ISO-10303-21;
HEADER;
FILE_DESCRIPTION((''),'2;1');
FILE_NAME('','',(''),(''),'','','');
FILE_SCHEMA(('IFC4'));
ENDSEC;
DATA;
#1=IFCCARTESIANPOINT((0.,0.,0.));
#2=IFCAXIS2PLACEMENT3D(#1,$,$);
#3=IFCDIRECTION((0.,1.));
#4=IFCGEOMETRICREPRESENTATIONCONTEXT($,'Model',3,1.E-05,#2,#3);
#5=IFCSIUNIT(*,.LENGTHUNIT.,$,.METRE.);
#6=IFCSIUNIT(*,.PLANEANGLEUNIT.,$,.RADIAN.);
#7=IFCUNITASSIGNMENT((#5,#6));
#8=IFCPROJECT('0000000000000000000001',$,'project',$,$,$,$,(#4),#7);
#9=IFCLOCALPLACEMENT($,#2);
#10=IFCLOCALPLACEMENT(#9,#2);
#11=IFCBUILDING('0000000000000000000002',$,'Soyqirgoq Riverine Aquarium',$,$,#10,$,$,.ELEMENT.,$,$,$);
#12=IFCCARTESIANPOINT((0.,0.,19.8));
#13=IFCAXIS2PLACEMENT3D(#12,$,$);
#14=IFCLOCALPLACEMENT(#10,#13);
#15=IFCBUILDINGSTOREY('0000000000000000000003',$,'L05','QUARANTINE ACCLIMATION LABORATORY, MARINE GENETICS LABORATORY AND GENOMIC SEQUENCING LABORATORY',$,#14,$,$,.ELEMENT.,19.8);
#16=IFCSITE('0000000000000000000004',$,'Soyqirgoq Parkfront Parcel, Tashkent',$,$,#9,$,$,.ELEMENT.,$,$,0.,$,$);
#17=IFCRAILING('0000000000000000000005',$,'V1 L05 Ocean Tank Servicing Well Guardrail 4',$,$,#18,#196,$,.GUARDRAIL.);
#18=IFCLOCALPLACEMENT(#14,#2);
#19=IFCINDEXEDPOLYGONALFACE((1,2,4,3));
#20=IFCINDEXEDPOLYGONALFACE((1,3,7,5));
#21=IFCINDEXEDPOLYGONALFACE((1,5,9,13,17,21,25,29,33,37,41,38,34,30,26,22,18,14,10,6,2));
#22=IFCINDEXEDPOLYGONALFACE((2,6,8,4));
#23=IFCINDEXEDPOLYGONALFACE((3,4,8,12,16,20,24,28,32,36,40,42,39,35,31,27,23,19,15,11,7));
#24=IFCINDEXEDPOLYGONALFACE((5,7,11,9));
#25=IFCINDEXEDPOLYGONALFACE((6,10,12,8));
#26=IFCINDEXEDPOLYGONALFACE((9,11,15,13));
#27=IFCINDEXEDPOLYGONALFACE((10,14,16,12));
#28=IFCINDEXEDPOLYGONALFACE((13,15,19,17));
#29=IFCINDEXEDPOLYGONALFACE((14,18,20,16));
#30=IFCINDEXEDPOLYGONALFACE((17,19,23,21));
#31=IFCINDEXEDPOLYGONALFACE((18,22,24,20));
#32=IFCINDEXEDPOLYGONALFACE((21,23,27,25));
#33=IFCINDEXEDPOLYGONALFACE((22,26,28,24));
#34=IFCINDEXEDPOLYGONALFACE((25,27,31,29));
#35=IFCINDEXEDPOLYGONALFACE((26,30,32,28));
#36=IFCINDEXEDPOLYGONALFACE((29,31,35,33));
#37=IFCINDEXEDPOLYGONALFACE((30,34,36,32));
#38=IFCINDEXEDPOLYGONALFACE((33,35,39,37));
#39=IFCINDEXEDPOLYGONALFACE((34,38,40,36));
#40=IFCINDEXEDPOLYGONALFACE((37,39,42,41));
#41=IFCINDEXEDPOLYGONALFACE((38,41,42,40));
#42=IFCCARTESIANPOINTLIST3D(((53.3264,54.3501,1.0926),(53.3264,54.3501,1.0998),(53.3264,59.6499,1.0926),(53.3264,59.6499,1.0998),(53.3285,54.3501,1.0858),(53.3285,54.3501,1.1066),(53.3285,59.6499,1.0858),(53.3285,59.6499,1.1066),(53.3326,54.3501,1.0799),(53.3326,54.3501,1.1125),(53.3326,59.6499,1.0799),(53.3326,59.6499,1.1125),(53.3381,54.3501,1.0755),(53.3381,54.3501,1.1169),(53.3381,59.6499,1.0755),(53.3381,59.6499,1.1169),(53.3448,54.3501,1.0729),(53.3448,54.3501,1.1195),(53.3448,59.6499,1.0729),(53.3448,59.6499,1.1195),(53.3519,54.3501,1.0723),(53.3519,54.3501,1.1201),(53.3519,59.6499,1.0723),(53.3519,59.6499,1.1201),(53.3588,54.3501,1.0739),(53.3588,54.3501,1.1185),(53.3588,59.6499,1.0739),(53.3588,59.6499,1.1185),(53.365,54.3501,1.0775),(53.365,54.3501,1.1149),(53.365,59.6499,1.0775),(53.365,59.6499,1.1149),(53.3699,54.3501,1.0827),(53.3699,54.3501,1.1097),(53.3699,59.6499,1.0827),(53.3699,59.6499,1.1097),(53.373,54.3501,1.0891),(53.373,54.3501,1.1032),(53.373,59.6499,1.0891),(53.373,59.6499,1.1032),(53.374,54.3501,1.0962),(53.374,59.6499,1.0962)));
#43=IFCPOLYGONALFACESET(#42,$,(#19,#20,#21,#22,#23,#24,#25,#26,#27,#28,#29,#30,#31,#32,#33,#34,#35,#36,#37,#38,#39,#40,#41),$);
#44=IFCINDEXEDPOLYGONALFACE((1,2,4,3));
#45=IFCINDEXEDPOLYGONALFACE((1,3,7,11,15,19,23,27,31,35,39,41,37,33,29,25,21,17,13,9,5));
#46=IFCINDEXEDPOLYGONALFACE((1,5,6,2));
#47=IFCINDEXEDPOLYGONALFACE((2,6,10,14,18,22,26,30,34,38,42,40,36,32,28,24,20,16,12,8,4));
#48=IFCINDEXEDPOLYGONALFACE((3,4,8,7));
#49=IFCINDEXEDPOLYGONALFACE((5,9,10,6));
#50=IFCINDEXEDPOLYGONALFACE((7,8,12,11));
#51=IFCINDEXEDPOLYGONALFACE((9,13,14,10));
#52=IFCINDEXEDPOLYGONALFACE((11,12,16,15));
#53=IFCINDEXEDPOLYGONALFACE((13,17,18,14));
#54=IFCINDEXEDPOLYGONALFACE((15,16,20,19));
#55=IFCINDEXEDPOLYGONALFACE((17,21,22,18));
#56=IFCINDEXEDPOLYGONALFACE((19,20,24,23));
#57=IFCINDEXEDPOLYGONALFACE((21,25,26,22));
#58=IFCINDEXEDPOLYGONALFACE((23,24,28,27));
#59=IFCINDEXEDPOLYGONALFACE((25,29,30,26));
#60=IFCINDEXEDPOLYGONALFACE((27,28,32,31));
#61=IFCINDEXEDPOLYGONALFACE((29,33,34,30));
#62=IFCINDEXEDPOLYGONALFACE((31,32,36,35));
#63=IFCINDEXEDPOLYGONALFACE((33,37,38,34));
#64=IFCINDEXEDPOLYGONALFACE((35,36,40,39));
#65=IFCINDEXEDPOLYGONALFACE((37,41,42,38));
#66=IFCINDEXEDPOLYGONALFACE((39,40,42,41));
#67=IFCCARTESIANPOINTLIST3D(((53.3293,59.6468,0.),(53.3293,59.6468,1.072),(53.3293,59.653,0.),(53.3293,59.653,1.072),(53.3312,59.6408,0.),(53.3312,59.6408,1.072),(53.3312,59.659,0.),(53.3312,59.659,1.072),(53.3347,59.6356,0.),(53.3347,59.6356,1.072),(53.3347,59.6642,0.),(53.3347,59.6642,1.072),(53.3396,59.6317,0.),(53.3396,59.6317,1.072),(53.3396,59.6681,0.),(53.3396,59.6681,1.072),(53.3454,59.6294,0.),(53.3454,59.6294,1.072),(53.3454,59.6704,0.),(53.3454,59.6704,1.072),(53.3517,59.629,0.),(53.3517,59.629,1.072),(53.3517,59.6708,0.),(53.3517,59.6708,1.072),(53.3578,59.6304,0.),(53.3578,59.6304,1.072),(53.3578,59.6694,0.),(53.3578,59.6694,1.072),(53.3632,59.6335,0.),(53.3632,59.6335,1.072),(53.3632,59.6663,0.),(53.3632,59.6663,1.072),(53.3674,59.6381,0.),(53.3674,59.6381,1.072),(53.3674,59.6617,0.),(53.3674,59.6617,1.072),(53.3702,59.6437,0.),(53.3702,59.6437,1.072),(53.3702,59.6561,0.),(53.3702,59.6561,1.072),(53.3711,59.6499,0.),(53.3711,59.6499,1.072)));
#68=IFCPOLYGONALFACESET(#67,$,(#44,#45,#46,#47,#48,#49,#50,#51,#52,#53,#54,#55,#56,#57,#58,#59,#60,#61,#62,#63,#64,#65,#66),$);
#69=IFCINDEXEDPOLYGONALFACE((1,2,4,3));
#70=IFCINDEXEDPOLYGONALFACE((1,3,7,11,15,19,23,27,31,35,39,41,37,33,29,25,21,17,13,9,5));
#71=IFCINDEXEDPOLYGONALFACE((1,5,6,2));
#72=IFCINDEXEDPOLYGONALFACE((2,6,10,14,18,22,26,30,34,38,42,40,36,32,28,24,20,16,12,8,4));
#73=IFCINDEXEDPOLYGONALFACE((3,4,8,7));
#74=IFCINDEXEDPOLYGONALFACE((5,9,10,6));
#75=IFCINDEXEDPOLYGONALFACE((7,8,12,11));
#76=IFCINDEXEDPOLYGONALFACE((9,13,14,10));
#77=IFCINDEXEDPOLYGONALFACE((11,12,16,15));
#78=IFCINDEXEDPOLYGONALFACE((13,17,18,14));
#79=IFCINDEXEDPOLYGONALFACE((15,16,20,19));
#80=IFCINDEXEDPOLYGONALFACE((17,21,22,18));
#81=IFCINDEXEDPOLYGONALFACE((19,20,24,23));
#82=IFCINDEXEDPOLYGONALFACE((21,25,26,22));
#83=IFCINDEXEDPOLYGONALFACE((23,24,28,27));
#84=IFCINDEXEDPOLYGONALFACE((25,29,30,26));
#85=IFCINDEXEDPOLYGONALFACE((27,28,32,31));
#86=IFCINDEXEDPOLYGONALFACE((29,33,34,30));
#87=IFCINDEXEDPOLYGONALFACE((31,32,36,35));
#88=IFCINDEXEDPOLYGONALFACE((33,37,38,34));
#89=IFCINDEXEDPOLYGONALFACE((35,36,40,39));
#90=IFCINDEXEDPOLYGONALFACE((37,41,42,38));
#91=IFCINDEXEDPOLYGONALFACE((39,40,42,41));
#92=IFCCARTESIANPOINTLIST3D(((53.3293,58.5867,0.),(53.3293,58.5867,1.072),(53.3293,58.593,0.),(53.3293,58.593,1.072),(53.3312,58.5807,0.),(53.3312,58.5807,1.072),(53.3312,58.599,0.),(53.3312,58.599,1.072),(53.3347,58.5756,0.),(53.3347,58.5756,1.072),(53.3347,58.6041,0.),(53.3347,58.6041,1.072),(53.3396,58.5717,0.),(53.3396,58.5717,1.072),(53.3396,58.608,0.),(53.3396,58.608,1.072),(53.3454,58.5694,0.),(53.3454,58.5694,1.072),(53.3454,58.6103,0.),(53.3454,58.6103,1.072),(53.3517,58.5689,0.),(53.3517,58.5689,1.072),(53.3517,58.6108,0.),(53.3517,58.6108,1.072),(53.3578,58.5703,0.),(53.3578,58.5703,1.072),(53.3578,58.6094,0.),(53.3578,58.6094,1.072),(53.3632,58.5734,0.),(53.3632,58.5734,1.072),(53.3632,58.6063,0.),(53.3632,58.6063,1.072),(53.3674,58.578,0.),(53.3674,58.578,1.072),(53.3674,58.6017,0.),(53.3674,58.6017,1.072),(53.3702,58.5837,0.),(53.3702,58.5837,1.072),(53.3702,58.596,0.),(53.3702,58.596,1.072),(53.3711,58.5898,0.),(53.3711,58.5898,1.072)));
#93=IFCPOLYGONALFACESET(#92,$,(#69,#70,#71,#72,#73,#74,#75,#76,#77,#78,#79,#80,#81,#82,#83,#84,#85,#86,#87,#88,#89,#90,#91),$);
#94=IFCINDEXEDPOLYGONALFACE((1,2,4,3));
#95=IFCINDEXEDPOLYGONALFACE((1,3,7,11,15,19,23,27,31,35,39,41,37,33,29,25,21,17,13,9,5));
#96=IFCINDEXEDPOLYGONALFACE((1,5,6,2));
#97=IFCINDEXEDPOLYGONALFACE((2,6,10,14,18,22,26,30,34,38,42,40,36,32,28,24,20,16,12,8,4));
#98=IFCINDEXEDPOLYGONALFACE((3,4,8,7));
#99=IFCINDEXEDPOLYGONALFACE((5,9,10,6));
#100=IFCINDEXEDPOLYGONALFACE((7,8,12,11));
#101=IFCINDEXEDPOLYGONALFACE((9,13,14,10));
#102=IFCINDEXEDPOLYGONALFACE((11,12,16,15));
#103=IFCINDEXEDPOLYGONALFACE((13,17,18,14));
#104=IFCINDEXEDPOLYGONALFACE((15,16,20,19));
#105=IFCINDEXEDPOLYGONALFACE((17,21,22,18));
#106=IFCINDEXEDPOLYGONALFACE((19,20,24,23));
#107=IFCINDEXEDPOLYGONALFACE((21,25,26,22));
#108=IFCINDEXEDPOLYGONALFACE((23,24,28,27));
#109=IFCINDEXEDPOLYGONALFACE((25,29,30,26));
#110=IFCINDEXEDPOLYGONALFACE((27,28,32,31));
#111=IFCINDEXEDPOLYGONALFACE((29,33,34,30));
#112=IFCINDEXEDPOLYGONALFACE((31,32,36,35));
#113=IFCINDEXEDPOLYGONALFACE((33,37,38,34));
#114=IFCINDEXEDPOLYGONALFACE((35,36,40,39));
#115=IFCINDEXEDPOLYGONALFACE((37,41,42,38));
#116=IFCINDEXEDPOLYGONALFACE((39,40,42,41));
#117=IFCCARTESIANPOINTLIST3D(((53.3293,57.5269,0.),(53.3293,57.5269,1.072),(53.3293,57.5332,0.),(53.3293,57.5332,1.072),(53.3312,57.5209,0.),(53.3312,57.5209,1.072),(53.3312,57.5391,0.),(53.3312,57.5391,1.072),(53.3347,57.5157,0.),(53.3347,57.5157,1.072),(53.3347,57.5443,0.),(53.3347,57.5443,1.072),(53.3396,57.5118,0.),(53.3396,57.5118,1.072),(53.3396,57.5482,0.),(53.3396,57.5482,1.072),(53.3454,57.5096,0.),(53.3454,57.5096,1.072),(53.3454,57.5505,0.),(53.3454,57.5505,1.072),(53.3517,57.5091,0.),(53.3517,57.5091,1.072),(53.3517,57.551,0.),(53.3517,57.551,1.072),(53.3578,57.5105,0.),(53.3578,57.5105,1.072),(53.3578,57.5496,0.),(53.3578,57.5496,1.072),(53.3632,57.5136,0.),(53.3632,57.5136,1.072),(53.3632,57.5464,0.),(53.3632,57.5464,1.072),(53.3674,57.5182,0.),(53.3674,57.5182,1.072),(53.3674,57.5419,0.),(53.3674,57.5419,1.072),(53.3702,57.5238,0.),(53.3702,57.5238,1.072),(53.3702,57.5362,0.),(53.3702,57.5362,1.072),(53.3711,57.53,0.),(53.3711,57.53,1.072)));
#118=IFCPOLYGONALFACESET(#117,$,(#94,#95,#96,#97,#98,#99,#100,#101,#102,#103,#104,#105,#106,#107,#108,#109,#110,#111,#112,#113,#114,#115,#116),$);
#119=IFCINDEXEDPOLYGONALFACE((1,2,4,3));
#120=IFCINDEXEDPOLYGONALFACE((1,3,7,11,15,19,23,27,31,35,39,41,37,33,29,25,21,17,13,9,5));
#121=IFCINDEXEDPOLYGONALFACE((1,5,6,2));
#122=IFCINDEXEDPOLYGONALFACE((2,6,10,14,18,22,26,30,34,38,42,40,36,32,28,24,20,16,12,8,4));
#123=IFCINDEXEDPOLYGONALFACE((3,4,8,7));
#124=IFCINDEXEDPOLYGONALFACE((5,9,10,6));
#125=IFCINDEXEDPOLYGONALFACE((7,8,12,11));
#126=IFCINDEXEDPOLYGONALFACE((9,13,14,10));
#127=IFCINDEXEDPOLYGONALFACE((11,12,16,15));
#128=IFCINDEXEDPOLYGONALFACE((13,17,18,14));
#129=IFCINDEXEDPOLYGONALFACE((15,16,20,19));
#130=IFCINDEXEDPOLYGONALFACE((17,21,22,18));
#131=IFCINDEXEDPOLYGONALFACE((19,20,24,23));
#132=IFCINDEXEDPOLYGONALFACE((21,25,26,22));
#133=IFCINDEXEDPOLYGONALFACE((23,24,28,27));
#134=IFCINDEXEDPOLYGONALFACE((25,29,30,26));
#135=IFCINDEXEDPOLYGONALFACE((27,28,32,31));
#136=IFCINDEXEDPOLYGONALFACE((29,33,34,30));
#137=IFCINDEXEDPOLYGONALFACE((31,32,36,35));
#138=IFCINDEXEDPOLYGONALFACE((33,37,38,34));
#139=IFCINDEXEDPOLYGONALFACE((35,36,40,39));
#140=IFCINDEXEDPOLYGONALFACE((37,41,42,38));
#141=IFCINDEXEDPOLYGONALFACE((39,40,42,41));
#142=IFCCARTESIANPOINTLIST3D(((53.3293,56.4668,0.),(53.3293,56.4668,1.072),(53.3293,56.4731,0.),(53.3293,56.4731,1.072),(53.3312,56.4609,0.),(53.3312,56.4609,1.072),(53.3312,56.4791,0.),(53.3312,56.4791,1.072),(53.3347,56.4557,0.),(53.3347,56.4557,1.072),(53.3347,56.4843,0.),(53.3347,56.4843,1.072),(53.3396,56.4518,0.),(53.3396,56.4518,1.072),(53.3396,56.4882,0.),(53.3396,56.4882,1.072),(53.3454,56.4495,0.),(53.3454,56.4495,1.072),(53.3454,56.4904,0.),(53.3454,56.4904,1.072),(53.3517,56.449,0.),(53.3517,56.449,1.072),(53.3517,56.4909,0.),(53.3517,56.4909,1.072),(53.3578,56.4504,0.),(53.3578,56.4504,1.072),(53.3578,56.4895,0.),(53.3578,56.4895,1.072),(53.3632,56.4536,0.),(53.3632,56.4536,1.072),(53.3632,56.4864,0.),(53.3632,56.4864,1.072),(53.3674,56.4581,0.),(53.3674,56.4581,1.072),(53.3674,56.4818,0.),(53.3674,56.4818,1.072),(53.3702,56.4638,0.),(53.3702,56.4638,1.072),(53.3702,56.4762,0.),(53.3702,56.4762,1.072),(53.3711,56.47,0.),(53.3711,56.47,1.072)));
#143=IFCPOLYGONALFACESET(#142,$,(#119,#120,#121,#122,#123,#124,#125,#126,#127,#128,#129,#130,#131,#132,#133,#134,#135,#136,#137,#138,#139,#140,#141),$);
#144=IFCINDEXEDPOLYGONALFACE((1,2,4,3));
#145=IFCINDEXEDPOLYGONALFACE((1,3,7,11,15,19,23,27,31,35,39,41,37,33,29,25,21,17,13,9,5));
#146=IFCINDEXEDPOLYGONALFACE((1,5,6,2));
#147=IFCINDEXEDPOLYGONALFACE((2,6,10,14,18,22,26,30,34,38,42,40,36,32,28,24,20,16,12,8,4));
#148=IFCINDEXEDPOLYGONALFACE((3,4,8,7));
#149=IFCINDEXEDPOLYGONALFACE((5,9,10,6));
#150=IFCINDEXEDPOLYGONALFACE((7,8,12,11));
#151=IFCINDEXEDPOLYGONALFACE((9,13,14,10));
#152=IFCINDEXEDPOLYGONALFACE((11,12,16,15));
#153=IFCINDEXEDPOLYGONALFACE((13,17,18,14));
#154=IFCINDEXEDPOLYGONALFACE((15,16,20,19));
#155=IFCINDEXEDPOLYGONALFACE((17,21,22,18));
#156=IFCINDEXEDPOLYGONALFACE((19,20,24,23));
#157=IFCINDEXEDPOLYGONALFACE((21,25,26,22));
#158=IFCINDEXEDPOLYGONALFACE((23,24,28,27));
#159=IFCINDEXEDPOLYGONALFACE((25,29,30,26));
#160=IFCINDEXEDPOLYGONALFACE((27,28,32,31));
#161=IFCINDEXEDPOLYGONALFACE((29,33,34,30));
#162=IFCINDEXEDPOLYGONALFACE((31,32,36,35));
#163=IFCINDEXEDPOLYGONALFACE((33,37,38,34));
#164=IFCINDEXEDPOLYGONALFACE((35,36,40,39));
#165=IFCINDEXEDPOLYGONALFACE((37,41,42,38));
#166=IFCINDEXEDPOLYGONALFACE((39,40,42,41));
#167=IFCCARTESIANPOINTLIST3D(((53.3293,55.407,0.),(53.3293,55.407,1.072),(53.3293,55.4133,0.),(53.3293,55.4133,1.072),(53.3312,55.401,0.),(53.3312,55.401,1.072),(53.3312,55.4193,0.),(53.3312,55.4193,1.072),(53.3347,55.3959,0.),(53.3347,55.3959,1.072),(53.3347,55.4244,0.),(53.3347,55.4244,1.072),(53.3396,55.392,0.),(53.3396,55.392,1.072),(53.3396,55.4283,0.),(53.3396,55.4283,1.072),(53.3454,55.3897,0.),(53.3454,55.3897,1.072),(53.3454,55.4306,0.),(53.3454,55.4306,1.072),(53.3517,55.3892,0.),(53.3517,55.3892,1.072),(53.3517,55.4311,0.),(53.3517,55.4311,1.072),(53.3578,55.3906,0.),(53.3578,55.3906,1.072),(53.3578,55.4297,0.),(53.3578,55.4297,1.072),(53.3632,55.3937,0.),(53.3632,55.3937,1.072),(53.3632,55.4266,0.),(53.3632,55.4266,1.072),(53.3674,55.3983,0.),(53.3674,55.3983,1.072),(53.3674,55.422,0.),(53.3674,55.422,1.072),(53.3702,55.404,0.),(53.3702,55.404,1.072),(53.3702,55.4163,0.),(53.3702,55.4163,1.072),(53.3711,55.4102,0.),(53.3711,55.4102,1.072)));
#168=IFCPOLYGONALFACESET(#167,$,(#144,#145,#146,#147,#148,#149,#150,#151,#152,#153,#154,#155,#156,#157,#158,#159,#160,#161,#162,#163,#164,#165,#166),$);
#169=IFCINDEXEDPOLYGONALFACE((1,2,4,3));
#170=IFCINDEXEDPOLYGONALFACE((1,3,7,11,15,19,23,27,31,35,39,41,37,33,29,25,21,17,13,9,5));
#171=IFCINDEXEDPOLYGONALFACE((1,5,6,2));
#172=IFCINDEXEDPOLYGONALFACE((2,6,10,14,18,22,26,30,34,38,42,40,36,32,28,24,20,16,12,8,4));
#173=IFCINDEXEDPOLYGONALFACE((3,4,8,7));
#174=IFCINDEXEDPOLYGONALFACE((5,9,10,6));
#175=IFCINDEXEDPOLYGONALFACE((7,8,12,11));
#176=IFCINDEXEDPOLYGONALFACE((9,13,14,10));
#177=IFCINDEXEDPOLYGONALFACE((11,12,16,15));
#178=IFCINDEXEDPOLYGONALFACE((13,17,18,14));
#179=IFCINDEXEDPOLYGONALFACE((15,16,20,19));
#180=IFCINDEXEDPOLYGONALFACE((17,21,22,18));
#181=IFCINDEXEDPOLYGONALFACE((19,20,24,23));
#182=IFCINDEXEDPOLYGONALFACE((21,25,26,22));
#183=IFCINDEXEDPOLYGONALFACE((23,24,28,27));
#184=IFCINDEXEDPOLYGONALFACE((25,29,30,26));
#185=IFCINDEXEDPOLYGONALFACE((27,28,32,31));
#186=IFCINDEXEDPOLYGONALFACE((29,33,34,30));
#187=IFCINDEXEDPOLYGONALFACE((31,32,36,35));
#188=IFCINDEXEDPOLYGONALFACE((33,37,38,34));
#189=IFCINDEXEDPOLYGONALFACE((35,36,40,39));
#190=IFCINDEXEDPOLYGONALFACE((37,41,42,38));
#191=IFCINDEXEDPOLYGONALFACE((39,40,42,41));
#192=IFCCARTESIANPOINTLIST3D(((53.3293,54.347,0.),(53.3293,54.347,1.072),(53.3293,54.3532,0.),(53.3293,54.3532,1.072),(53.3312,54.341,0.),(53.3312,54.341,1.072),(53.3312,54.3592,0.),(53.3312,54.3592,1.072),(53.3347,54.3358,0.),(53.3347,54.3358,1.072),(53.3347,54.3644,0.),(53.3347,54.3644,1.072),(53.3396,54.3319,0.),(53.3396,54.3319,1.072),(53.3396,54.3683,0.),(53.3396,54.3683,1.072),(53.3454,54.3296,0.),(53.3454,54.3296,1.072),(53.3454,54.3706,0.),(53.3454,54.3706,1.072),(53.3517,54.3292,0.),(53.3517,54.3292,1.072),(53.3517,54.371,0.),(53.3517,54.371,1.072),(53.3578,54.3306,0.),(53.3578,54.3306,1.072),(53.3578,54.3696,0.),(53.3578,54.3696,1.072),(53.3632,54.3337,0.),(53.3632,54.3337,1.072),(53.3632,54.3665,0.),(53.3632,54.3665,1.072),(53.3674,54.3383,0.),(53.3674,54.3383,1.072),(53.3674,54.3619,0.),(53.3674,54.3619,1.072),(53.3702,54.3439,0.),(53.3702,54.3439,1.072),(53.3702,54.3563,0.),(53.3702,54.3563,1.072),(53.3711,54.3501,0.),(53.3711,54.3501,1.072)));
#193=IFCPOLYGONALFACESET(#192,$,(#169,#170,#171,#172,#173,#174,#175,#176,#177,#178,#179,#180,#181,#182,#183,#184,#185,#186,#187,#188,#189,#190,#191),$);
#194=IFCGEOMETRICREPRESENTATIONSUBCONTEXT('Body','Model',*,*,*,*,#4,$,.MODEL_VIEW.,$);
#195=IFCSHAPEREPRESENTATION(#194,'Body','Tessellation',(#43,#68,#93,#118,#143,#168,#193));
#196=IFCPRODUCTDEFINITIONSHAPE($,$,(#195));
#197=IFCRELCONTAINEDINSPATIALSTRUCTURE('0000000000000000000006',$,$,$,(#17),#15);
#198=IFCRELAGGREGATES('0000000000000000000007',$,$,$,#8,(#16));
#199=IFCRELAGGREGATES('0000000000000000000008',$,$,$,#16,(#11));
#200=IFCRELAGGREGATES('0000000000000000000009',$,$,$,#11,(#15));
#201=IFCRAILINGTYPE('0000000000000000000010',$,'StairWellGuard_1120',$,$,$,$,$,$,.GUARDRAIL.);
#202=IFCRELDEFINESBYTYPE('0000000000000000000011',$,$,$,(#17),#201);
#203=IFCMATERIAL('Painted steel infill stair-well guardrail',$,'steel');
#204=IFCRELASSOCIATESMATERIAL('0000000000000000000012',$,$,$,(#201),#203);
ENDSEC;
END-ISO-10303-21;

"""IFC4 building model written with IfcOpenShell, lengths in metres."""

from ifc_helpers import new_model, si_unit, direction, frame, origin, origin_2d, place, context, subcontext, project, spatial, circle, extrude, material, type_object, element, save


model = new_model("IFC4")

# Units and contexts
model_context = context("Model", 3, precision=1e-05, world=origin(), true_north=direction((0.0, 1.0)))
body_context = subcontext(model_context, "Body", "Model", "MODEL_VIEW")
ifc_project = project(units=[si_unit("LENGTHUNIT", "METRE"), si_unit("PLANEANGLEUNIT", "RADIAN")], contexts=[model_context])

# Site, building, storey
site_placement = place(None, origin())
site = spatial("IfcSite", under=ifc_project, at=site_placement, Name="Soyqirgoq Parkfront Parcel, Tashkent", CompositionType="ELEMENT", RefElevation=0.0)
building_placement = place(site_placement, origin())
building = spatial("IfcBuilding", under=site, at=building_placement, Name="Soyqirgoq Riverine Aquarium", CompositionType="ELEMENT")
storey_placement = place(building_placement, frame((0.0, 0.0, 19.8)))
storey = spatial("IfcBuildingStorey", under=building, at=storey_placement, Name="L05", Description="QUARANTINE ACCLIMATION LABORATORY, MARINE GENETICS LABORATORY AND GENOMIC SEQUENCING LABORATORY", CompositionType="ELEMENT", Elevation=19.8)

# Railing
ifc_material_1 = material(Name="Painted steel infill stair-well guardrail", Category="steel")
railing_type = type_object("IfcRailingType", Name="StairWellGuard_1120", PredefinedType="GUARDRAIL", material=ifc_material_1)
railing_placement = place(storey_placement, frame((53.3501, 59.6499, 0.0)))
element("IfcRailing", 1, at=railing_placement, inside=storey, type_object=railing_type, Name="V1 L05 Ocean Tank Servicing Well Guardrail 4", PredefinedType="GUARDRAIL", context=body_context, shape_type="SweptSolid", body=[
    extrude(circle(Radius=0.0239, at=origin_2d()), frame((0.0, 0.0, 1.0962), z_axis=(0.0, -1.0, 0.0), x_axis=(1.0, 0.0, 0.0)), (0.0, 0.0, 1.0), 5.2998),
    extrude(circle(Radius=0.021, at=origin_2d()), origin(), (0.0, 0.0, 1.0), 1.072),
    extrude(circle(Radius=0.021, at=origin_2d()), frame((0.0, -1.0601, 0.0)), (0.0, 0.0, 1.0), 1.072),
    extrude(circle(Radius=0.021, at=origin_2d()), frame((0.0, -2.1199, 0.0)), (0.0, 0.0, 1.0), 1.072),
    extrude(circle(Radius=0.021, at=origin_2d()), frame((0.0, -3.1799, 0.0)), (0.0, 0.0, 1.0), 1.072),
    extrude(circle(Radius=0.021, at=origin_2d()), frame((0.0, -4.2397, 0.0)), (0.0, 0.0, 1.0), 1.072),
    extrude(circle(Radius=0.021, at=origin_2d()), frame((0.0, -5.2998, 0.0)), (0.0, 0.0, 1.0), 1.072),
])

save(model, "model.ifc")
